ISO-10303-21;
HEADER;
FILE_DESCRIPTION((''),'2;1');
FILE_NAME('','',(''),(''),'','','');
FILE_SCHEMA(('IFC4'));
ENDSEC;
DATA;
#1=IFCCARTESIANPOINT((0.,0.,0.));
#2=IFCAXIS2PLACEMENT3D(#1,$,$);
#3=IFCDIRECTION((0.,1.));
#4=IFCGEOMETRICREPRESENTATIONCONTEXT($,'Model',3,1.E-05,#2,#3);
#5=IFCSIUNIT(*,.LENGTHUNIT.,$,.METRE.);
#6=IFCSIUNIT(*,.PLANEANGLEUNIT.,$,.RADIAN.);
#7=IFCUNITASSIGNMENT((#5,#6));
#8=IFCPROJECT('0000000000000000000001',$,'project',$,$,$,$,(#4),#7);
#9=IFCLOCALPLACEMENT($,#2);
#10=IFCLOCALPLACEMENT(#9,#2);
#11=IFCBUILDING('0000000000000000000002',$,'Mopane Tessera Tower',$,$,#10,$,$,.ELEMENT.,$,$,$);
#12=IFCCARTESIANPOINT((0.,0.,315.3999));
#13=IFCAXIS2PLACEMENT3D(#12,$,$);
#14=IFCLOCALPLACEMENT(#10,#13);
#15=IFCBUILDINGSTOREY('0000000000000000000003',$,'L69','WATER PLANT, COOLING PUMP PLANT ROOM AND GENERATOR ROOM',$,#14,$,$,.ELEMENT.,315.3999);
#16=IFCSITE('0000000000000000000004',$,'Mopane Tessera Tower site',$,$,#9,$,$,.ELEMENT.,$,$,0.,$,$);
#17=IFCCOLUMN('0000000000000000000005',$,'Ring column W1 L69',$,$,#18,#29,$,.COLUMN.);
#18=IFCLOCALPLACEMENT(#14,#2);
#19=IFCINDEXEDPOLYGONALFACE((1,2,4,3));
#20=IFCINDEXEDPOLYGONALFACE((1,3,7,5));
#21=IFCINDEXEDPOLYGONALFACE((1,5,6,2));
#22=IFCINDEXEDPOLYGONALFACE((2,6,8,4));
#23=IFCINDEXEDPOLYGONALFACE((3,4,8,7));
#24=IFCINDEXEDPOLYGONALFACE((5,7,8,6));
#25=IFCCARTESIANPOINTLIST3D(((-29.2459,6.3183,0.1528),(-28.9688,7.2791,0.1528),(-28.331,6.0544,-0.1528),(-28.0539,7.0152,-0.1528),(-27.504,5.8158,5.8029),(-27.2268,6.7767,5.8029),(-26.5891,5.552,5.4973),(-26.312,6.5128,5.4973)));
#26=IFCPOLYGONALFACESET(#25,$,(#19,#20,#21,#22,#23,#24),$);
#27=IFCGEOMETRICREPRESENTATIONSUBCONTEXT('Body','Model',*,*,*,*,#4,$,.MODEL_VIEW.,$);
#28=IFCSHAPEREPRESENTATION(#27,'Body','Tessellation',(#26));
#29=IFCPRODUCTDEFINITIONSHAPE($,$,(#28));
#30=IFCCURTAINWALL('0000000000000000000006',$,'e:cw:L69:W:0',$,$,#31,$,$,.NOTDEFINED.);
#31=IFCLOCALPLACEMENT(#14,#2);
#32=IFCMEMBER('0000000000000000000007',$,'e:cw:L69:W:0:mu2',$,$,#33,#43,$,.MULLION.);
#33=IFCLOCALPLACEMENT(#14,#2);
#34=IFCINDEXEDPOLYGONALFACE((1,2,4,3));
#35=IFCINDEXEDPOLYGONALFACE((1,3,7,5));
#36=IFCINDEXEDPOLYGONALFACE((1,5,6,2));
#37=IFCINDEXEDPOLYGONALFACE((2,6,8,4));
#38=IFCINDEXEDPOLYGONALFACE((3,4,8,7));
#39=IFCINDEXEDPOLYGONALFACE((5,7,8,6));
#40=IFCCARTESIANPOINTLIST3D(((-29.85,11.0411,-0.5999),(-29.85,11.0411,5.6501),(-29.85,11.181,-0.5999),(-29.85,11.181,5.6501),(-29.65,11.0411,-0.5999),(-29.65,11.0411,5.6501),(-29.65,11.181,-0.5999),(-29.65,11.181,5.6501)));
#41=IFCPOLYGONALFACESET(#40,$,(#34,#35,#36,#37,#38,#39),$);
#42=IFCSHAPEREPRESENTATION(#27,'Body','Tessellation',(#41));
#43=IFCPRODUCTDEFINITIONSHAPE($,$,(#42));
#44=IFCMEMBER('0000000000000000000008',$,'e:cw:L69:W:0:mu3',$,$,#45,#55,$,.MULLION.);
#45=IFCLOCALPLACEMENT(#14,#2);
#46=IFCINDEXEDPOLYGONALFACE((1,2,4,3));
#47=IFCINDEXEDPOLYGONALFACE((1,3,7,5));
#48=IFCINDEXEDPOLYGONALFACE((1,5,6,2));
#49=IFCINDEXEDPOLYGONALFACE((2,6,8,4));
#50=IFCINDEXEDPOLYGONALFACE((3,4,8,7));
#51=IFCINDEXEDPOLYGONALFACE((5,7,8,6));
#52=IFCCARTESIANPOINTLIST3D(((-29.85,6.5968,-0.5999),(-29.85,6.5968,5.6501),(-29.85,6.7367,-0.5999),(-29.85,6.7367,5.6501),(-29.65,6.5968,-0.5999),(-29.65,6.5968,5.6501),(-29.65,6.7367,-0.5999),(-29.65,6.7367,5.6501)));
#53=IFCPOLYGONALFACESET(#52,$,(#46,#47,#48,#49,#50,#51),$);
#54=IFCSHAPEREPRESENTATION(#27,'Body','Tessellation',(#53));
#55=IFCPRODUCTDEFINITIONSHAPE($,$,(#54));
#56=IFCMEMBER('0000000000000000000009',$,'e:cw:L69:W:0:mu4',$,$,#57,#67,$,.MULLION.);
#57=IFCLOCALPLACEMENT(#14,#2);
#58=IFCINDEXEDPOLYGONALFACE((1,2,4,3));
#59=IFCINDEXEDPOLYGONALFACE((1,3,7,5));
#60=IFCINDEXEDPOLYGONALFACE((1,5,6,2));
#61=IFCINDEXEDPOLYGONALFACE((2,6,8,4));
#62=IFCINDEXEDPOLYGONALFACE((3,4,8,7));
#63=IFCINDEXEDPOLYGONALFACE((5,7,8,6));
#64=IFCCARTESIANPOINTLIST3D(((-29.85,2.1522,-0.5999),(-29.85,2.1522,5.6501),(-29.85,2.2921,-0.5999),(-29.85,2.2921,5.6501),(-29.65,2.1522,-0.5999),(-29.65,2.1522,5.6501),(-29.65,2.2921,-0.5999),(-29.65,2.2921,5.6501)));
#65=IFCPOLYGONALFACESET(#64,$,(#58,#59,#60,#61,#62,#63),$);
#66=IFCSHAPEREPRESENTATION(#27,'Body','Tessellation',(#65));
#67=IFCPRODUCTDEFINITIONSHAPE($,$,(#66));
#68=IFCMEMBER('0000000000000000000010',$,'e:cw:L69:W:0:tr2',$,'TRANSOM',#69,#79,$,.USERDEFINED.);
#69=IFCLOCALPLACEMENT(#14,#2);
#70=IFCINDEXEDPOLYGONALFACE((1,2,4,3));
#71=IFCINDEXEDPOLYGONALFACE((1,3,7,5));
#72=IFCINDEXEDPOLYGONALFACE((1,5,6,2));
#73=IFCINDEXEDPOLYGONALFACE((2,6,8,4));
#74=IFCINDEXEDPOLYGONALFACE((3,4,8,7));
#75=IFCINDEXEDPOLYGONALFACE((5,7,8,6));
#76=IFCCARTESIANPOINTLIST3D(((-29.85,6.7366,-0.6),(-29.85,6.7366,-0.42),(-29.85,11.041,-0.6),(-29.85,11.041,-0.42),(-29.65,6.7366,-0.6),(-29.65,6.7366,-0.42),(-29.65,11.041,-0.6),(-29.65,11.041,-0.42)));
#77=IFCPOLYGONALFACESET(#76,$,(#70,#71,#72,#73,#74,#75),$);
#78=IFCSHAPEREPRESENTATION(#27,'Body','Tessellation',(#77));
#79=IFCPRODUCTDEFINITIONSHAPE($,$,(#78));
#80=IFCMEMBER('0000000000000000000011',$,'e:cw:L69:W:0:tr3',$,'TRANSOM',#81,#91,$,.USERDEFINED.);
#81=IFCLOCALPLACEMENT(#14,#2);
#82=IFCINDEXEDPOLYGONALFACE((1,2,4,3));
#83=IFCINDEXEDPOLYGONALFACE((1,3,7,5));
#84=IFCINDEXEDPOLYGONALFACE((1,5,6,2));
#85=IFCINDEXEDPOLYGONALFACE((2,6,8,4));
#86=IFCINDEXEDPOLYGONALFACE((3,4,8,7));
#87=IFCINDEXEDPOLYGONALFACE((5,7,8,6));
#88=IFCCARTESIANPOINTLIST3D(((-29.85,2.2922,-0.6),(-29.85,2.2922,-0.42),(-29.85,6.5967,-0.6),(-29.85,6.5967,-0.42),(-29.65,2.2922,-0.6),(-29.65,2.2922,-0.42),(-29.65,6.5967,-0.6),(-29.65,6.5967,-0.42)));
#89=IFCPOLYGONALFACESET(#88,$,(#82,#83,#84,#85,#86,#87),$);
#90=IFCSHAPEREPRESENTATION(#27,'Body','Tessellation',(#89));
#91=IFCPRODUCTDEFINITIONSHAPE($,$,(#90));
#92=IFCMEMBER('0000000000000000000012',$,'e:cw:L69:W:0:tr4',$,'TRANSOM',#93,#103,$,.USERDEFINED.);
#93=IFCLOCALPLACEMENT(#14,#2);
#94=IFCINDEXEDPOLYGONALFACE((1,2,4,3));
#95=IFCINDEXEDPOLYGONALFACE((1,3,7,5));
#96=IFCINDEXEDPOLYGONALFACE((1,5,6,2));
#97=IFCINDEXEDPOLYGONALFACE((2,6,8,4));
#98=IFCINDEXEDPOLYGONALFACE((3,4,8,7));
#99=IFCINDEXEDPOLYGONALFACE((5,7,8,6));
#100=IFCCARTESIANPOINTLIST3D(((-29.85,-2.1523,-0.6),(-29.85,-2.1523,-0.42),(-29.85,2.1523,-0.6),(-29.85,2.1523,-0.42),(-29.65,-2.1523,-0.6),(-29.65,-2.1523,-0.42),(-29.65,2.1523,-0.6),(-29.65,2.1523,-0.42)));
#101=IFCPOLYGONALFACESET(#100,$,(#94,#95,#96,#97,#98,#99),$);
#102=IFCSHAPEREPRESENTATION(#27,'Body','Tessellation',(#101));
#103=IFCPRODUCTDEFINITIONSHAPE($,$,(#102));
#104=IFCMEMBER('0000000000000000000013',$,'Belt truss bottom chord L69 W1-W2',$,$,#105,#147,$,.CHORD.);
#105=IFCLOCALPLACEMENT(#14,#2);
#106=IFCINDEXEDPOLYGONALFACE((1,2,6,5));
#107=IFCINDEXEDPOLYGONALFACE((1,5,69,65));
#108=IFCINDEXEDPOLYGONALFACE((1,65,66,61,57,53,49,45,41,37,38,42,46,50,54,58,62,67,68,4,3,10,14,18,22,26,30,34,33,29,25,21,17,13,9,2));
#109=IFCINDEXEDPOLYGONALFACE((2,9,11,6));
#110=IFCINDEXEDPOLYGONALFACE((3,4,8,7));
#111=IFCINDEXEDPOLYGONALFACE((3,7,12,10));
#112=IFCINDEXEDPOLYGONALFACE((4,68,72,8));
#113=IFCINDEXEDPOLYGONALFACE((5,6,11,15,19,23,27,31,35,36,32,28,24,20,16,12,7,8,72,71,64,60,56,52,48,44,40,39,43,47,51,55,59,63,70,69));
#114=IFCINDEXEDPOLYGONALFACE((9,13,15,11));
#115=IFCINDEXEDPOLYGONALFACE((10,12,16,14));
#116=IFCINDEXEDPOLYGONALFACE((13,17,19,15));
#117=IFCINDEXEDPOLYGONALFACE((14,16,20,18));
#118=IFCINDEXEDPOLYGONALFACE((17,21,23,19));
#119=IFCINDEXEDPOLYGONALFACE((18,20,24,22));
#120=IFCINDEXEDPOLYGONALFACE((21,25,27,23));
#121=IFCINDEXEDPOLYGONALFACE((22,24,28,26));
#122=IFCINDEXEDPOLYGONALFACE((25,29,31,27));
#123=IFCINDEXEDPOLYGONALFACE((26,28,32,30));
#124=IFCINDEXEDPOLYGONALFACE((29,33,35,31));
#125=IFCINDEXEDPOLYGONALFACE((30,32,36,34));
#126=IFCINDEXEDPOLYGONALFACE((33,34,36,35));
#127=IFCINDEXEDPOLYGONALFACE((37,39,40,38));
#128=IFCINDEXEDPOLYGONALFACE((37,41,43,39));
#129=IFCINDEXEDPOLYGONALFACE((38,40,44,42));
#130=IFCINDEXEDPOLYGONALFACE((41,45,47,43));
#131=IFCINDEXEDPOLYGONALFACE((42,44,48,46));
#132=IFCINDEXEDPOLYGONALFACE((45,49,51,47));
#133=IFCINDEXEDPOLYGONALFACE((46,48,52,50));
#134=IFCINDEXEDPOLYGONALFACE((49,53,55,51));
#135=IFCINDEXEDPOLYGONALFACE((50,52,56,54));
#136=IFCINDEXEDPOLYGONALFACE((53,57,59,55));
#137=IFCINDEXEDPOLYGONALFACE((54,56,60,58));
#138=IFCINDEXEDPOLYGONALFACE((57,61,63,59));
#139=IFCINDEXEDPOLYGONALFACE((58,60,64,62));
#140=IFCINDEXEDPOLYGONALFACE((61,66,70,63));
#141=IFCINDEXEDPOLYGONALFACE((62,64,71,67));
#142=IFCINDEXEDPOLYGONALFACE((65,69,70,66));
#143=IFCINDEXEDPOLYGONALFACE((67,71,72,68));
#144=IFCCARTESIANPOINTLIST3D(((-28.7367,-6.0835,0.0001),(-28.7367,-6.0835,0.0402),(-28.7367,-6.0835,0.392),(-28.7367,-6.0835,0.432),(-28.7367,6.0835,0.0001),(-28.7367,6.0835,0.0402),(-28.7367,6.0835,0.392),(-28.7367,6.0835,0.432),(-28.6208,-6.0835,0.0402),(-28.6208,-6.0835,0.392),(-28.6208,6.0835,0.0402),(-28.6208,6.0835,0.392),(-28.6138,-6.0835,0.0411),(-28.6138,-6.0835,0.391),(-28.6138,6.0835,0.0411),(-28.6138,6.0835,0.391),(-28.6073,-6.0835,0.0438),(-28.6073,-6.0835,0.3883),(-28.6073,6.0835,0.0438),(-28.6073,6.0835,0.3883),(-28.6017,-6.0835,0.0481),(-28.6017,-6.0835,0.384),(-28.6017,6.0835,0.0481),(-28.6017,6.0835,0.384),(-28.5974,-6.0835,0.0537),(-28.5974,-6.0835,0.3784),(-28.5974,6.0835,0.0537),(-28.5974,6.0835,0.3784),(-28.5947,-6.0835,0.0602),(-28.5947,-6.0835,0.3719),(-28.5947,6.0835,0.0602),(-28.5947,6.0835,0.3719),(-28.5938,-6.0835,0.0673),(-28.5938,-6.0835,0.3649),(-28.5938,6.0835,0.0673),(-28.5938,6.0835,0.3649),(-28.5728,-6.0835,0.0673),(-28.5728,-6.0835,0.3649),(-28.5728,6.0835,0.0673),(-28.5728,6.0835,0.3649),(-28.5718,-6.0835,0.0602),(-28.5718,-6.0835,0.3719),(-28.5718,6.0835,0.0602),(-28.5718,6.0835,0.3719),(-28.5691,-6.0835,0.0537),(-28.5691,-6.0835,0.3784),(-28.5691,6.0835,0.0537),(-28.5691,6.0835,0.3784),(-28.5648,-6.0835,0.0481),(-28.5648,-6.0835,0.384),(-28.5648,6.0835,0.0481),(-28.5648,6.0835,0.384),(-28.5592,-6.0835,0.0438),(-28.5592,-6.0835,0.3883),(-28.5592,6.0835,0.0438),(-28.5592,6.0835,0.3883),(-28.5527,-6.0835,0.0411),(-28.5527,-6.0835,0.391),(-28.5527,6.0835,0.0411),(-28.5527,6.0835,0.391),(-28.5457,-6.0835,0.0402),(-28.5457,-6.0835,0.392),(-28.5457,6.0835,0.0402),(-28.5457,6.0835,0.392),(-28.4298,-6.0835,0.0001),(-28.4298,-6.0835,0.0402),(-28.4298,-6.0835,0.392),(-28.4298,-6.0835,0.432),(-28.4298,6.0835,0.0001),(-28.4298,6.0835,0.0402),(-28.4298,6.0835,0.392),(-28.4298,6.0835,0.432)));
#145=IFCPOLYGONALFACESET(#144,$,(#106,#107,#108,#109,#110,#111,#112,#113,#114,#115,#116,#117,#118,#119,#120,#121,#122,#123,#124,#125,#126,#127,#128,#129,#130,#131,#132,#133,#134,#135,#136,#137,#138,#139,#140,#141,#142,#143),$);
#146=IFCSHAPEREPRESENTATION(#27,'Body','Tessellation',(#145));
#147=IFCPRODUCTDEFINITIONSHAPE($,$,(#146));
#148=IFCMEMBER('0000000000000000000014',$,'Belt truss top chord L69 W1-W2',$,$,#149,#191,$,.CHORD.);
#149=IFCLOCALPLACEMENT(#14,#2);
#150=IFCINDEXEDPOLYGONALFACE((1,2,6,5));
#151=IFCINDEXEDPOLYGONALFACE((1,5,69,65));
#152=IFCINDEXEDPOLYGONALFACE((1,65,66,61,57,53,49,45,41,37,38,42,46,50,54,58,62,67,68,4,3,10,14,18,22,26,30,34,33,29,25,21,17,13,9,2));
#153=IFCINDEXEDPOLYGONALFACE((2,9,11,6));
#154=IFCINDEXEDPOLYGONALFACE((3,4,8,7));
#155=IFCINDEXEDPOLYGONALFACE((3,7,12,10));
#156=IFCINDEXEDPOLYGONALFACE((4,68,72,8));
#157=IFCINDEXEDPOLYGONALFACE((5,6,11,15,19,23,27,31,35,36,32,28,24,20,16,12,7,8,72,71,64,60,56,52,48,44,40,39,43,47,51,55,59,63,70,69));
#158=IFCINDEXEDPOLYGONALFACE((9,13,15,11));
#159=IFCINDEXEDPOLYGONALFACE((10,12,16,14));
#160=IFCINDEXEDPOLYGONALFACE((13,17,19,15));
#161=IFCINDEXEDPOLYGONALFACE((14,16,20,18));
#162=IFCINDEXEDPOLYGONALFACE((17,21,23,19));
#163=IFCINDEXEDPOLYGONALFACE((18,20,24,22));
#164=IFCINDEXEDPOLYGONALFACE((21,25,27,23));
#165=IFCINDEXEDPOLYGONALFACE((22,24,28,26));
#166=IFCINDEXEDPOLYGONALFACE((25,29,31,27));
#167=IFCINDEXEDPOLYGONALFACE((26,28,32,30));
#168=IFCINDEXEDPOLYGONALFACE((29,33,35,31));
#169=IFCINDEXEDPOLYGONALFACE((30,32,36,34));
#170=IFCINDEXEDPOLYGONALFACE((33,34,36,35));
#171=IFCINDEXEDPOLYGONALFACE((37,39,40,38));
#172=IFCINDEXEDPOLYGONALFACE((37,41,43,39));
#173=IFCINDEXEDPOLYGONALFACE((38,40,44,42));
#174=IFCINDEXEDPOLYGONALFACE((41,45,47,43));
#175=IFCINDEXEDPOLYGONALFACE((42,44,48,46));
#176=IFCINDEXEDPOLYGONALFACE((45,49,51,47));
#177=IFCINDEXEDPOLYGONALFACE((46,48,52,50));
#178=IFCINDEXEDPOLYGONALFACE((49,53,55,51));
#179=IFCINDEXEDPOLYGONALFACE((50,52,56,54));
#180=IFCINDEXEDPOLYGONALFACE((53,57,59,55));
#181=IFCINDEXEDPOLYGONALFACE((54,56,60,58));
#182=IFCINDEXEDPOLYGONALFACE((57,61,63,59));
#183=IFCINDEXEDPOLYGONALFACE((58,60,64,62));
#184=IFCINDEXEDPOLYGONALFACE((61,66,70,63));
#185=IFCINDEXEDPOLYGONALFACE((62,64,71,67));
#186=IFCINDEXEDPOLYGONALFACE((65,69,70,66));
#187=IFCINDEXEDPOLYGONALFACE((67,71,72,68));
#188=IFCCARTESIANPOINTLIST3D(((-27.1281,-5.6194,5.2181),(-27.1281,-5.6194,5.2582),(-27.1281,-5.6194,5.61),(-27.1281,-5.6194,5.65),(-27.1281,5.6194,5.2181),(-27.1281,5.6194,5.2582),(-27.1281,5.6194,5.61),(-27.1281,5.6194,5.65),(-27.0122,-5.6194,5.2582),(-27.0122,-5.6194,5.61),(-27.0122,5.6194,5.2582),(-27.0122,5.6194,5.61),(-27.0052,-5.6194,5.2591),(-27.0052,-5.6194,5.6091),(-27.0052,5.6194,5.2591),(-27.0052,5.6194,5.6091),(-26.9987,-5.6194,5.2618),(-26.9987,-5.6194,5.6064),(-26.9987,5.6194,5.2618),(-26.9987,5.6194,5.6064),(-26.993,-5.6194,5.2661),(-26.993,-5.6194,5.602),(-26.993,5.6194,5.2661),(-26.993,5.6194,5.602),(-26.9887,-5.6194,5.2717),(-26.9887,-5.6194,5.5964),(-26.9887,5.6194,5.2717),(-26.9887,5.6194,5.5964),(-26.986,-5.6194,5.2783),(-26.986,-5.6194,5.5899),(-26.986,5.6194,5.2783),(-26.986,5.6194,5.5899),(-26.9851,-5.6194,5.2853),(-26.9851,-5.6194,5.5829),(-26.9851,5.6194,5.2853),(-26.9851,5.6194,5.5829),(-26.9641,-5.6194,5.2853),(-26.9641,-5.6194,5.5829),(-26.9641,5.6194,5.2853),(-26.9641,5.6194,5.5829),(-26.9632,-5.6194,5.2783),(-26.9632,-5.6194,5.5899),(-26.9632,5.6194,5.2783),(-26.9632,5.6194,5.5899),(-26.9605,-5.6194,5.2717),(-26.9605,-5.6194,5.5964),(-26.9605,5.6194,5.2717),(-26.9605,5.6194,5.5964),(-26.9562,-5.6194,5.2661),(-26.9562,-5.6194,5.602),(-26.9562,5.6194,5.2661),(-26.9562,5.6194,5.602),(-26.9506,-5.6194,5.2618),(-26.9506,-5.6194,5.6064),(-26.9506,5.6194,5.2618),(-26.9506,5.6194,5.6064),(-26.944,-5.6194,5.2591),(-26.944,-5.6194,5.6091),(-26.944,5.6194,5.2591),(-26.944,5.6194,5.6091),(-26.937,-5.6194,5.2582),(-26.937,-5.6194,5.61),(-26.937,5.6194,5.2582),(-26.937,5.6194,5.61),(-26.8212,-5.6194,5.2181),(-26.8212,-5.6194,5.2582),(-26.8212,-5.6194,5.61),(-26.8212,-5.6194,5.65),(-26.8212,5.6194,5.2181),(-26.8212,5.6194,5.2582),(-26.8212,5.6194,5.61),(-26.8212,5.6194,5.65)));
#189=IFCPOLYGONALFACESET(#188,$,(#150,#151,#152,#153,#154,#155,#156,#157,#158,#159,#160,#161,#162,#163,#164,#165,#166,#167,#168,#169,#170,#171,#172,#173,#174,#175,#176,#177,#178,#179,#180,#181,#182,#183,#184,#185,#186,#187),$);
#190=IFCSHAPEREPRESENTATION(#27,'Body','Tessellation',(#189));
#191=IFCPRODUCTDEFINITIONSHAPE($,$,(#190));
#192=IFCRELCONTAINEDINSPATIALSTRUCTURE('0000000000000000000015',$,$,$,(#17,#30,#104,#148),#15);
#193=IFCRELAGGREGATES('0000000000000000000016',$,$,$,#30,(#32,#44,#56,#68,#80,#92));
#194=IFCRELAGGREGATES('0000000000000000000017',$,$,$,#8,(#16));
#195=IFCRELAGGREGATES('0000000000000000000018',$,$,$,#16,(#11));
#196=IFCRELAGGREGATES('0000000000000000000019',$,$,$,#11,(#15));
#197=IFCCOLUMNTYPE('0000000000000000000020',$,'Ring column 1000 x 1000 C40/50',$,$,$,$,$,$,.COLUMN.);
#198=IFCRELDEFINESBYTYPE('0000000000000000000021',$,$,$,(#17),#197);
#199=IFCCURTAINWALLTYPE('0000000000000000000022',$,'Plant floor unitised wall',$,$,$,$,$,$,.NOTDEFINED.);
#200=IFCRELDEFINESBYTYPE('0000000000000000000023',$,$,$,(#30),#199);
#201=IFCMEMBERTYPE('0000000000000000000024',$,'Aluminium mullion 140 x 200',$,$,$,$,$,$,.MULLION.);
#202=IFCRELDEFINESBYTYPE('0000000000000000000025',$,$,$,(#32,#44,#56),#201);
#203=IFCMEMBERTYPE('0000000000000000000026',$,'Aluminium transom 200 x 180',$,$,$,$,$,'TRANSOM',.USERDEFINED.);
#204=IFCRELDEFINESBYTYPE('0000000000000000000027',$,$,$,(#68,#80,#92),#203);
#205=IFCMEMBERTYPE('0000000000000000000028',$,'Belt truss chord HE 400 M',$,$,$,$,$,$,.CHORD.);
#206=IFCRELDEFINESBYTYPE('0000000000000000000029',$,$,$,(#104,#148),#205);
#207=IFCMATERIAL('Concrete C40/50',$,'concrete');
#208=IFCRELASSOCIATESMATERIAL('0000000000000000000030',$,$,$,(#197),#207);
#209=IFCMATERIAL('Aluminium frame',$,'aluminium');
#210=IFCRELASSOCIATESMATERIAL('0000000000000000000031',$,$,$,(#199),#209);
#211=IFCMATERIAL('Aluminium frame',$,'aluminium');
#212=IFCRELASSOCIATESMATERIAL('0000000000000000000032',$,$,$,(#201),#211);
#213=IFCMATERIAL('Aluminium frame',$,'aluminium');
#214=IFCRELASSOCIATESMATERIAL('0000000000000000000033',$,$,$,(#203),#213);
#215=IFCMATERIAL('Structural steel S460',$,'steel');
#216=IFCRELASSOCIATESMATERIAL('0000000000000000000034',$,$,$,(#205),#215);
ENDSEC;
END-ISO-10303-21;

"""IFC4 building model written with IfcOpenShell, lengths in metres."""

from ifc_helpers import new_model, si_unit, direction, frame, origin, origin_2d, place, context, subcontext, project, spatial, rectangle, i_section, extrude, material, material_profile, profile_set, type_object, element, aggregate, save


model = new_model("IFC4")

# Units and contexts
model_context = context("Model", 3, precision=1e-05, world=origin(), true_north=direction((0.0, 1.0)))
body_context = subcontext(model_context, "Body", "Model", "MODEL_VIEW")
ifc_project = project(units=[si_unit("LENGTHUNIT", "METRE"), si_unit("PLANEANGLEUNIT", "RADIAN")], contexts=[model_context])

# Site, building, storey
site_placement = place(None, origin())
site = spatial("IfcSite", under=ifc_project, at=site_placement, Name="Mopane Tessera Tower site", CompositionType="ELEMENT", RefElevation=0.0)
building_placement = place(site_placement, origin())
building = spatial("IfcBuilding", under=site, at=building_placement, Name="Mopane Tessera Tower", CompositionType="ELEMENT")
storey_placement = place(building_placement, frame((0.0, 0.0, 315.3999)))
storey = spatial("IfcBuildingStorey", under=building, at=storey_placement, Name="L69", Description="WATER PLANT, COOLING PUMP PLANT ROOM AND GENERATOR ROOM", CompositionType="ELEMENT", Elevation=315.3999)

# Column
ifc_material_1 = material(Name="Concrete C40/50", Category="concrete")
ifc_material_profile_1 = material_profile(ifc_material_1, rectangle(XDim=1.0, YDim=1.0, at=origin_2d()))
ifc_profile_set_1 = profile_set([ifc_material_profile_1], Name="Concrete C40/50")
column_type = type_object("IfcColumnType", Name="Ring column 1000 x 1000 C40/50", PredefinedType="COLUMN", material=ifc_profile_set_1)
column_placement = place(storey_placement, frame((-28.6499, 6.6667, 0.0), z_axis=(0.293559, -0.084673, 0.952184), x_axis=(0.277139, 0.96083, 0.0)))
element("IfcColumn", 1, at=column_placement, inside=storey, type_object=column_type, Name="Ring column W1 L69", PredefinedType="COLUMN", context=body_context, shape_type="SweptSolid", body=[
    extrude(rectangle(XDim=1.0, YDim=1.0, at=origin_2d()), origin(), (0.0, 0.0, 1.0), 5.9338),
])

# Curtain wall, members
ifc_material_2 = material(Name="Aluminium frame", Category="aluminium")
curtain_wall_type = type_object("IfcCurtainWallType", Name="Plant floor unitised wall", PredefinedType="NOTDEFINED", material=ifc_material_2)
curtain_wall_placement = place(storey_placement, origin())
curtain_wall = element("IfcCurtainWall", 2, at=curtain_wall_placement, inside=storey, type_object=curtain_wall_type, Name="e:cw:L69:W:0", PredefinedType="NOTDEFINED")
ifc_material_3 = material(Name="Aluminium frame", Category="aluminium")
ifc_material_profile_2 = material_profile(ifc_material_3, rectangle(XDim=0.1399, YDim=0.2, at=origin_2d()))
ifc_profile_set_2 = profile_set([ifc_material_profile_2], Name="Aluminium frame")
member_type_1 = type_object("IfcMemberType", Name="Aluminium mullion 140 x 200", PredefinedType="MULLION", material=ifc_profile_set_2)
member_1_placement = place(storey_placement, frame((-29.75, 11.1111, -0.5999), z_axis=(0.0, 0.0, 1.0), x_axis=(0.0, -1.0, 0.0)))
member_1 = element("IfcMember", 3, at=member_1_placement, type_object=member_type_1, Name="e:cw:L69:W:0:mu2", PredefinedType="MULLION", context=body_context, shape_type="SweptSolid", body=[
    extrude(rectangle(XDim=0.1399, YDim=0.2, at=origin_2d()), origin(), (0.0, 0.0, 1.0), 6.25),
])
member_2_placement = place(storey_placement, frame((-29.75, 6.6667, -0.5999), z_axis=(0.0, 0.0, 1.0), x_axis=(0.0, -1.0, 0.0)))
member_2 = element("IfcMember", 4, at=member_2_placement, type_object=member_type_1, Name="e:cw:L69:W:0:mu3", PredefinedType="MULLION", context=body_context, shape_type="SweptSolid", body=[
    extrude(rectangle(XDim=0.1399, YDim=0.2, at=origin_2d()), origin(), (0.0, 0.0, 1.0), 6.25),
])
member_3_placement = place(storey_placement, frame((-29.75, 2.2222, -0.5999), z_axis=(0.0, 0.0, 1.0), x_axis=(0.0, -1.0, 0.0)))
member_3 = element("IfcMember", 5, at=member_3_placement, type_object=member_type_1, Name="e:cw:L69:W:0:mu4", PredefinedType="MULLION", context=body_context, shape_type="SweptSolid", body=[
    extrude(rectangle(XDim=0.1399, YDim=0.2, at=origin_2d()), origin(), (0.0, 0.0, 1.0), 6.25),
])
ifc_material_4 = material(Name="Aluminium frame", Category="aluminium")
ifc_material_profile_3 = material_profile(ifc_material_4, rectangle(XDim=0.2, YDim=0.1799, at=origin_2d()))
ifc_profile_set_3 = profile_set([ifc_material_profile_3], Name="Aluminium frame")
member_type_2 = type_object("IfcMemberType", Name="Aluminium transom 200 x 180", ElementType="TRANSOM", PredefinedType="USERDEFINED", material=ifc_profile_set_3)
member_4_placement = place(storey_placement, frame((-29.75, 11.041, -0.51), z_axis=(0.0, -1.0, 0.0), x_axis=(1.0, 0.0, 0.0)))
member_4 = element("IfcMember", 6, at=member_4_placement, type_object=member_type_2, Name="e:cw:L69:W:0:tr2", ObjectType="TRANSOM", PredefinedType="USERDEFINED", context=body_context, shape_type="SweptSolid", body=[
    extrude(rectangle(XDim=0.2, YDim=0.1799, at=origin_2d()), origin(), (0.0, 0.0, 1.0), 4.3044),
])
member_5_placement = place(storey_placement, frame((-29.75, 6.5967, -0.51), z_axis=(0.0, -1.0, 0.0), x_axis=(1.0, 0.0, 0.0)))
member_5 = element("IfcMember", 7, at=member_5_placement, type_object=member_type_2, Name="e:cw:L69:W:0:tr3", ObjectType="TRANSOM", PredefinedType="USERDEFINED", context=body_context, shape_type="SweptSolid", body=[
    extrude(rectangle(XDim=0.2, YDim=0.1799, at=origin_2d()), origin(), (0.0, 0.0, 1.0), 4.3044),
])
member_6_placement = place(storey_placement, frame((-29.75, 2.1523, -0.51), z_axis=(0.0, -1.0, 0.0), x_axis=(1.0, 0.0, 0.0)))
member_6 = element("IfcMember", 8, at=member_6_placement, type_object=member_type_2, Name="e:cw:L69:W:0:tr4", ObjectType="TRANSOM", PredefinedType="USERDEFINED", context=body_context, shape_type="SweptSolid", body=[
    extrude(rectangle(XDim=0.2, YDim=0.1799, at=origin_2d()), origin(), (0.0, 0.0, 1.0), 4.3047),
])

# Members
ifc_material_5 = material(Name="Structural steel S460", Category="steel")
ifc_material_profile_4 = material_profile(ifc_material_5, i_section(OverallWidth=0.3069, OverallDepth=0.4319, WebThickness=0.021, FlangeThickness=0.04, FilletRadius=0.0271, at=origin_2d()))
ifc_profile_set_4 = profile_set([ifc_material_profile_4], Name="Structural steel S460")
member_type_3 = type_object("IfcMemberType", Name="Belt truss chord HE 400 M", PredefinedType="CHORD", material=ifc_profile_set_4)
member_7_placement = place(storey_placement, frame((-28.5833, 6.0835, 0.2161), z_axis=(0.0, -1.0, 0.0), x_axis=(1.0, 0.0, 0.0)))
element("IfcMember", 9, at=member_7_placement, inside=storey, type_object=member_type_3, Name="Belt truss bottom chord L69 W1-W2", PredefinedType="CHORD", context=body_context, shape_type="SweptSolid", body=[
    extrude(i_section(OverallWidth=0.3069, OverallDepth=0.4319, WebThickness=0.021, FlangeThickness=0.04, FilletRadius=0.0271, at=origin_2d()), origin(), (0.0, 0.0, 1.0), 12.167),
])
member_8_placement = place(storey_placement, frame((-26.9746, 5.6194, 5.4341), z_axis=(0.0, -1.0, 0.0), x_axis=(1.0, 0.0, 0.0)))
element("IfcMember", 10, at=member_8_placement, inside=storey, type_object=member_type_3, Name="Belt truss top chord L69 W1-W2", PredefinedType="CHORD", context=body_context, shape_type="SweptSolid", body=[
    extrude(i_section(OverallWidth=0.3069, OverallDepth=0.4319, WebThickness=0.021, FlangeThickness=0.04, FilletRadius=0.0271, at=origin_2d()), origin(), (0.0, 0.0, 1.0), 11.2388),
])

aggregate(curtain_wall, [member_1, member_2, member_3, member_4, member_5, member_6])

save(model, "model.ifc")
